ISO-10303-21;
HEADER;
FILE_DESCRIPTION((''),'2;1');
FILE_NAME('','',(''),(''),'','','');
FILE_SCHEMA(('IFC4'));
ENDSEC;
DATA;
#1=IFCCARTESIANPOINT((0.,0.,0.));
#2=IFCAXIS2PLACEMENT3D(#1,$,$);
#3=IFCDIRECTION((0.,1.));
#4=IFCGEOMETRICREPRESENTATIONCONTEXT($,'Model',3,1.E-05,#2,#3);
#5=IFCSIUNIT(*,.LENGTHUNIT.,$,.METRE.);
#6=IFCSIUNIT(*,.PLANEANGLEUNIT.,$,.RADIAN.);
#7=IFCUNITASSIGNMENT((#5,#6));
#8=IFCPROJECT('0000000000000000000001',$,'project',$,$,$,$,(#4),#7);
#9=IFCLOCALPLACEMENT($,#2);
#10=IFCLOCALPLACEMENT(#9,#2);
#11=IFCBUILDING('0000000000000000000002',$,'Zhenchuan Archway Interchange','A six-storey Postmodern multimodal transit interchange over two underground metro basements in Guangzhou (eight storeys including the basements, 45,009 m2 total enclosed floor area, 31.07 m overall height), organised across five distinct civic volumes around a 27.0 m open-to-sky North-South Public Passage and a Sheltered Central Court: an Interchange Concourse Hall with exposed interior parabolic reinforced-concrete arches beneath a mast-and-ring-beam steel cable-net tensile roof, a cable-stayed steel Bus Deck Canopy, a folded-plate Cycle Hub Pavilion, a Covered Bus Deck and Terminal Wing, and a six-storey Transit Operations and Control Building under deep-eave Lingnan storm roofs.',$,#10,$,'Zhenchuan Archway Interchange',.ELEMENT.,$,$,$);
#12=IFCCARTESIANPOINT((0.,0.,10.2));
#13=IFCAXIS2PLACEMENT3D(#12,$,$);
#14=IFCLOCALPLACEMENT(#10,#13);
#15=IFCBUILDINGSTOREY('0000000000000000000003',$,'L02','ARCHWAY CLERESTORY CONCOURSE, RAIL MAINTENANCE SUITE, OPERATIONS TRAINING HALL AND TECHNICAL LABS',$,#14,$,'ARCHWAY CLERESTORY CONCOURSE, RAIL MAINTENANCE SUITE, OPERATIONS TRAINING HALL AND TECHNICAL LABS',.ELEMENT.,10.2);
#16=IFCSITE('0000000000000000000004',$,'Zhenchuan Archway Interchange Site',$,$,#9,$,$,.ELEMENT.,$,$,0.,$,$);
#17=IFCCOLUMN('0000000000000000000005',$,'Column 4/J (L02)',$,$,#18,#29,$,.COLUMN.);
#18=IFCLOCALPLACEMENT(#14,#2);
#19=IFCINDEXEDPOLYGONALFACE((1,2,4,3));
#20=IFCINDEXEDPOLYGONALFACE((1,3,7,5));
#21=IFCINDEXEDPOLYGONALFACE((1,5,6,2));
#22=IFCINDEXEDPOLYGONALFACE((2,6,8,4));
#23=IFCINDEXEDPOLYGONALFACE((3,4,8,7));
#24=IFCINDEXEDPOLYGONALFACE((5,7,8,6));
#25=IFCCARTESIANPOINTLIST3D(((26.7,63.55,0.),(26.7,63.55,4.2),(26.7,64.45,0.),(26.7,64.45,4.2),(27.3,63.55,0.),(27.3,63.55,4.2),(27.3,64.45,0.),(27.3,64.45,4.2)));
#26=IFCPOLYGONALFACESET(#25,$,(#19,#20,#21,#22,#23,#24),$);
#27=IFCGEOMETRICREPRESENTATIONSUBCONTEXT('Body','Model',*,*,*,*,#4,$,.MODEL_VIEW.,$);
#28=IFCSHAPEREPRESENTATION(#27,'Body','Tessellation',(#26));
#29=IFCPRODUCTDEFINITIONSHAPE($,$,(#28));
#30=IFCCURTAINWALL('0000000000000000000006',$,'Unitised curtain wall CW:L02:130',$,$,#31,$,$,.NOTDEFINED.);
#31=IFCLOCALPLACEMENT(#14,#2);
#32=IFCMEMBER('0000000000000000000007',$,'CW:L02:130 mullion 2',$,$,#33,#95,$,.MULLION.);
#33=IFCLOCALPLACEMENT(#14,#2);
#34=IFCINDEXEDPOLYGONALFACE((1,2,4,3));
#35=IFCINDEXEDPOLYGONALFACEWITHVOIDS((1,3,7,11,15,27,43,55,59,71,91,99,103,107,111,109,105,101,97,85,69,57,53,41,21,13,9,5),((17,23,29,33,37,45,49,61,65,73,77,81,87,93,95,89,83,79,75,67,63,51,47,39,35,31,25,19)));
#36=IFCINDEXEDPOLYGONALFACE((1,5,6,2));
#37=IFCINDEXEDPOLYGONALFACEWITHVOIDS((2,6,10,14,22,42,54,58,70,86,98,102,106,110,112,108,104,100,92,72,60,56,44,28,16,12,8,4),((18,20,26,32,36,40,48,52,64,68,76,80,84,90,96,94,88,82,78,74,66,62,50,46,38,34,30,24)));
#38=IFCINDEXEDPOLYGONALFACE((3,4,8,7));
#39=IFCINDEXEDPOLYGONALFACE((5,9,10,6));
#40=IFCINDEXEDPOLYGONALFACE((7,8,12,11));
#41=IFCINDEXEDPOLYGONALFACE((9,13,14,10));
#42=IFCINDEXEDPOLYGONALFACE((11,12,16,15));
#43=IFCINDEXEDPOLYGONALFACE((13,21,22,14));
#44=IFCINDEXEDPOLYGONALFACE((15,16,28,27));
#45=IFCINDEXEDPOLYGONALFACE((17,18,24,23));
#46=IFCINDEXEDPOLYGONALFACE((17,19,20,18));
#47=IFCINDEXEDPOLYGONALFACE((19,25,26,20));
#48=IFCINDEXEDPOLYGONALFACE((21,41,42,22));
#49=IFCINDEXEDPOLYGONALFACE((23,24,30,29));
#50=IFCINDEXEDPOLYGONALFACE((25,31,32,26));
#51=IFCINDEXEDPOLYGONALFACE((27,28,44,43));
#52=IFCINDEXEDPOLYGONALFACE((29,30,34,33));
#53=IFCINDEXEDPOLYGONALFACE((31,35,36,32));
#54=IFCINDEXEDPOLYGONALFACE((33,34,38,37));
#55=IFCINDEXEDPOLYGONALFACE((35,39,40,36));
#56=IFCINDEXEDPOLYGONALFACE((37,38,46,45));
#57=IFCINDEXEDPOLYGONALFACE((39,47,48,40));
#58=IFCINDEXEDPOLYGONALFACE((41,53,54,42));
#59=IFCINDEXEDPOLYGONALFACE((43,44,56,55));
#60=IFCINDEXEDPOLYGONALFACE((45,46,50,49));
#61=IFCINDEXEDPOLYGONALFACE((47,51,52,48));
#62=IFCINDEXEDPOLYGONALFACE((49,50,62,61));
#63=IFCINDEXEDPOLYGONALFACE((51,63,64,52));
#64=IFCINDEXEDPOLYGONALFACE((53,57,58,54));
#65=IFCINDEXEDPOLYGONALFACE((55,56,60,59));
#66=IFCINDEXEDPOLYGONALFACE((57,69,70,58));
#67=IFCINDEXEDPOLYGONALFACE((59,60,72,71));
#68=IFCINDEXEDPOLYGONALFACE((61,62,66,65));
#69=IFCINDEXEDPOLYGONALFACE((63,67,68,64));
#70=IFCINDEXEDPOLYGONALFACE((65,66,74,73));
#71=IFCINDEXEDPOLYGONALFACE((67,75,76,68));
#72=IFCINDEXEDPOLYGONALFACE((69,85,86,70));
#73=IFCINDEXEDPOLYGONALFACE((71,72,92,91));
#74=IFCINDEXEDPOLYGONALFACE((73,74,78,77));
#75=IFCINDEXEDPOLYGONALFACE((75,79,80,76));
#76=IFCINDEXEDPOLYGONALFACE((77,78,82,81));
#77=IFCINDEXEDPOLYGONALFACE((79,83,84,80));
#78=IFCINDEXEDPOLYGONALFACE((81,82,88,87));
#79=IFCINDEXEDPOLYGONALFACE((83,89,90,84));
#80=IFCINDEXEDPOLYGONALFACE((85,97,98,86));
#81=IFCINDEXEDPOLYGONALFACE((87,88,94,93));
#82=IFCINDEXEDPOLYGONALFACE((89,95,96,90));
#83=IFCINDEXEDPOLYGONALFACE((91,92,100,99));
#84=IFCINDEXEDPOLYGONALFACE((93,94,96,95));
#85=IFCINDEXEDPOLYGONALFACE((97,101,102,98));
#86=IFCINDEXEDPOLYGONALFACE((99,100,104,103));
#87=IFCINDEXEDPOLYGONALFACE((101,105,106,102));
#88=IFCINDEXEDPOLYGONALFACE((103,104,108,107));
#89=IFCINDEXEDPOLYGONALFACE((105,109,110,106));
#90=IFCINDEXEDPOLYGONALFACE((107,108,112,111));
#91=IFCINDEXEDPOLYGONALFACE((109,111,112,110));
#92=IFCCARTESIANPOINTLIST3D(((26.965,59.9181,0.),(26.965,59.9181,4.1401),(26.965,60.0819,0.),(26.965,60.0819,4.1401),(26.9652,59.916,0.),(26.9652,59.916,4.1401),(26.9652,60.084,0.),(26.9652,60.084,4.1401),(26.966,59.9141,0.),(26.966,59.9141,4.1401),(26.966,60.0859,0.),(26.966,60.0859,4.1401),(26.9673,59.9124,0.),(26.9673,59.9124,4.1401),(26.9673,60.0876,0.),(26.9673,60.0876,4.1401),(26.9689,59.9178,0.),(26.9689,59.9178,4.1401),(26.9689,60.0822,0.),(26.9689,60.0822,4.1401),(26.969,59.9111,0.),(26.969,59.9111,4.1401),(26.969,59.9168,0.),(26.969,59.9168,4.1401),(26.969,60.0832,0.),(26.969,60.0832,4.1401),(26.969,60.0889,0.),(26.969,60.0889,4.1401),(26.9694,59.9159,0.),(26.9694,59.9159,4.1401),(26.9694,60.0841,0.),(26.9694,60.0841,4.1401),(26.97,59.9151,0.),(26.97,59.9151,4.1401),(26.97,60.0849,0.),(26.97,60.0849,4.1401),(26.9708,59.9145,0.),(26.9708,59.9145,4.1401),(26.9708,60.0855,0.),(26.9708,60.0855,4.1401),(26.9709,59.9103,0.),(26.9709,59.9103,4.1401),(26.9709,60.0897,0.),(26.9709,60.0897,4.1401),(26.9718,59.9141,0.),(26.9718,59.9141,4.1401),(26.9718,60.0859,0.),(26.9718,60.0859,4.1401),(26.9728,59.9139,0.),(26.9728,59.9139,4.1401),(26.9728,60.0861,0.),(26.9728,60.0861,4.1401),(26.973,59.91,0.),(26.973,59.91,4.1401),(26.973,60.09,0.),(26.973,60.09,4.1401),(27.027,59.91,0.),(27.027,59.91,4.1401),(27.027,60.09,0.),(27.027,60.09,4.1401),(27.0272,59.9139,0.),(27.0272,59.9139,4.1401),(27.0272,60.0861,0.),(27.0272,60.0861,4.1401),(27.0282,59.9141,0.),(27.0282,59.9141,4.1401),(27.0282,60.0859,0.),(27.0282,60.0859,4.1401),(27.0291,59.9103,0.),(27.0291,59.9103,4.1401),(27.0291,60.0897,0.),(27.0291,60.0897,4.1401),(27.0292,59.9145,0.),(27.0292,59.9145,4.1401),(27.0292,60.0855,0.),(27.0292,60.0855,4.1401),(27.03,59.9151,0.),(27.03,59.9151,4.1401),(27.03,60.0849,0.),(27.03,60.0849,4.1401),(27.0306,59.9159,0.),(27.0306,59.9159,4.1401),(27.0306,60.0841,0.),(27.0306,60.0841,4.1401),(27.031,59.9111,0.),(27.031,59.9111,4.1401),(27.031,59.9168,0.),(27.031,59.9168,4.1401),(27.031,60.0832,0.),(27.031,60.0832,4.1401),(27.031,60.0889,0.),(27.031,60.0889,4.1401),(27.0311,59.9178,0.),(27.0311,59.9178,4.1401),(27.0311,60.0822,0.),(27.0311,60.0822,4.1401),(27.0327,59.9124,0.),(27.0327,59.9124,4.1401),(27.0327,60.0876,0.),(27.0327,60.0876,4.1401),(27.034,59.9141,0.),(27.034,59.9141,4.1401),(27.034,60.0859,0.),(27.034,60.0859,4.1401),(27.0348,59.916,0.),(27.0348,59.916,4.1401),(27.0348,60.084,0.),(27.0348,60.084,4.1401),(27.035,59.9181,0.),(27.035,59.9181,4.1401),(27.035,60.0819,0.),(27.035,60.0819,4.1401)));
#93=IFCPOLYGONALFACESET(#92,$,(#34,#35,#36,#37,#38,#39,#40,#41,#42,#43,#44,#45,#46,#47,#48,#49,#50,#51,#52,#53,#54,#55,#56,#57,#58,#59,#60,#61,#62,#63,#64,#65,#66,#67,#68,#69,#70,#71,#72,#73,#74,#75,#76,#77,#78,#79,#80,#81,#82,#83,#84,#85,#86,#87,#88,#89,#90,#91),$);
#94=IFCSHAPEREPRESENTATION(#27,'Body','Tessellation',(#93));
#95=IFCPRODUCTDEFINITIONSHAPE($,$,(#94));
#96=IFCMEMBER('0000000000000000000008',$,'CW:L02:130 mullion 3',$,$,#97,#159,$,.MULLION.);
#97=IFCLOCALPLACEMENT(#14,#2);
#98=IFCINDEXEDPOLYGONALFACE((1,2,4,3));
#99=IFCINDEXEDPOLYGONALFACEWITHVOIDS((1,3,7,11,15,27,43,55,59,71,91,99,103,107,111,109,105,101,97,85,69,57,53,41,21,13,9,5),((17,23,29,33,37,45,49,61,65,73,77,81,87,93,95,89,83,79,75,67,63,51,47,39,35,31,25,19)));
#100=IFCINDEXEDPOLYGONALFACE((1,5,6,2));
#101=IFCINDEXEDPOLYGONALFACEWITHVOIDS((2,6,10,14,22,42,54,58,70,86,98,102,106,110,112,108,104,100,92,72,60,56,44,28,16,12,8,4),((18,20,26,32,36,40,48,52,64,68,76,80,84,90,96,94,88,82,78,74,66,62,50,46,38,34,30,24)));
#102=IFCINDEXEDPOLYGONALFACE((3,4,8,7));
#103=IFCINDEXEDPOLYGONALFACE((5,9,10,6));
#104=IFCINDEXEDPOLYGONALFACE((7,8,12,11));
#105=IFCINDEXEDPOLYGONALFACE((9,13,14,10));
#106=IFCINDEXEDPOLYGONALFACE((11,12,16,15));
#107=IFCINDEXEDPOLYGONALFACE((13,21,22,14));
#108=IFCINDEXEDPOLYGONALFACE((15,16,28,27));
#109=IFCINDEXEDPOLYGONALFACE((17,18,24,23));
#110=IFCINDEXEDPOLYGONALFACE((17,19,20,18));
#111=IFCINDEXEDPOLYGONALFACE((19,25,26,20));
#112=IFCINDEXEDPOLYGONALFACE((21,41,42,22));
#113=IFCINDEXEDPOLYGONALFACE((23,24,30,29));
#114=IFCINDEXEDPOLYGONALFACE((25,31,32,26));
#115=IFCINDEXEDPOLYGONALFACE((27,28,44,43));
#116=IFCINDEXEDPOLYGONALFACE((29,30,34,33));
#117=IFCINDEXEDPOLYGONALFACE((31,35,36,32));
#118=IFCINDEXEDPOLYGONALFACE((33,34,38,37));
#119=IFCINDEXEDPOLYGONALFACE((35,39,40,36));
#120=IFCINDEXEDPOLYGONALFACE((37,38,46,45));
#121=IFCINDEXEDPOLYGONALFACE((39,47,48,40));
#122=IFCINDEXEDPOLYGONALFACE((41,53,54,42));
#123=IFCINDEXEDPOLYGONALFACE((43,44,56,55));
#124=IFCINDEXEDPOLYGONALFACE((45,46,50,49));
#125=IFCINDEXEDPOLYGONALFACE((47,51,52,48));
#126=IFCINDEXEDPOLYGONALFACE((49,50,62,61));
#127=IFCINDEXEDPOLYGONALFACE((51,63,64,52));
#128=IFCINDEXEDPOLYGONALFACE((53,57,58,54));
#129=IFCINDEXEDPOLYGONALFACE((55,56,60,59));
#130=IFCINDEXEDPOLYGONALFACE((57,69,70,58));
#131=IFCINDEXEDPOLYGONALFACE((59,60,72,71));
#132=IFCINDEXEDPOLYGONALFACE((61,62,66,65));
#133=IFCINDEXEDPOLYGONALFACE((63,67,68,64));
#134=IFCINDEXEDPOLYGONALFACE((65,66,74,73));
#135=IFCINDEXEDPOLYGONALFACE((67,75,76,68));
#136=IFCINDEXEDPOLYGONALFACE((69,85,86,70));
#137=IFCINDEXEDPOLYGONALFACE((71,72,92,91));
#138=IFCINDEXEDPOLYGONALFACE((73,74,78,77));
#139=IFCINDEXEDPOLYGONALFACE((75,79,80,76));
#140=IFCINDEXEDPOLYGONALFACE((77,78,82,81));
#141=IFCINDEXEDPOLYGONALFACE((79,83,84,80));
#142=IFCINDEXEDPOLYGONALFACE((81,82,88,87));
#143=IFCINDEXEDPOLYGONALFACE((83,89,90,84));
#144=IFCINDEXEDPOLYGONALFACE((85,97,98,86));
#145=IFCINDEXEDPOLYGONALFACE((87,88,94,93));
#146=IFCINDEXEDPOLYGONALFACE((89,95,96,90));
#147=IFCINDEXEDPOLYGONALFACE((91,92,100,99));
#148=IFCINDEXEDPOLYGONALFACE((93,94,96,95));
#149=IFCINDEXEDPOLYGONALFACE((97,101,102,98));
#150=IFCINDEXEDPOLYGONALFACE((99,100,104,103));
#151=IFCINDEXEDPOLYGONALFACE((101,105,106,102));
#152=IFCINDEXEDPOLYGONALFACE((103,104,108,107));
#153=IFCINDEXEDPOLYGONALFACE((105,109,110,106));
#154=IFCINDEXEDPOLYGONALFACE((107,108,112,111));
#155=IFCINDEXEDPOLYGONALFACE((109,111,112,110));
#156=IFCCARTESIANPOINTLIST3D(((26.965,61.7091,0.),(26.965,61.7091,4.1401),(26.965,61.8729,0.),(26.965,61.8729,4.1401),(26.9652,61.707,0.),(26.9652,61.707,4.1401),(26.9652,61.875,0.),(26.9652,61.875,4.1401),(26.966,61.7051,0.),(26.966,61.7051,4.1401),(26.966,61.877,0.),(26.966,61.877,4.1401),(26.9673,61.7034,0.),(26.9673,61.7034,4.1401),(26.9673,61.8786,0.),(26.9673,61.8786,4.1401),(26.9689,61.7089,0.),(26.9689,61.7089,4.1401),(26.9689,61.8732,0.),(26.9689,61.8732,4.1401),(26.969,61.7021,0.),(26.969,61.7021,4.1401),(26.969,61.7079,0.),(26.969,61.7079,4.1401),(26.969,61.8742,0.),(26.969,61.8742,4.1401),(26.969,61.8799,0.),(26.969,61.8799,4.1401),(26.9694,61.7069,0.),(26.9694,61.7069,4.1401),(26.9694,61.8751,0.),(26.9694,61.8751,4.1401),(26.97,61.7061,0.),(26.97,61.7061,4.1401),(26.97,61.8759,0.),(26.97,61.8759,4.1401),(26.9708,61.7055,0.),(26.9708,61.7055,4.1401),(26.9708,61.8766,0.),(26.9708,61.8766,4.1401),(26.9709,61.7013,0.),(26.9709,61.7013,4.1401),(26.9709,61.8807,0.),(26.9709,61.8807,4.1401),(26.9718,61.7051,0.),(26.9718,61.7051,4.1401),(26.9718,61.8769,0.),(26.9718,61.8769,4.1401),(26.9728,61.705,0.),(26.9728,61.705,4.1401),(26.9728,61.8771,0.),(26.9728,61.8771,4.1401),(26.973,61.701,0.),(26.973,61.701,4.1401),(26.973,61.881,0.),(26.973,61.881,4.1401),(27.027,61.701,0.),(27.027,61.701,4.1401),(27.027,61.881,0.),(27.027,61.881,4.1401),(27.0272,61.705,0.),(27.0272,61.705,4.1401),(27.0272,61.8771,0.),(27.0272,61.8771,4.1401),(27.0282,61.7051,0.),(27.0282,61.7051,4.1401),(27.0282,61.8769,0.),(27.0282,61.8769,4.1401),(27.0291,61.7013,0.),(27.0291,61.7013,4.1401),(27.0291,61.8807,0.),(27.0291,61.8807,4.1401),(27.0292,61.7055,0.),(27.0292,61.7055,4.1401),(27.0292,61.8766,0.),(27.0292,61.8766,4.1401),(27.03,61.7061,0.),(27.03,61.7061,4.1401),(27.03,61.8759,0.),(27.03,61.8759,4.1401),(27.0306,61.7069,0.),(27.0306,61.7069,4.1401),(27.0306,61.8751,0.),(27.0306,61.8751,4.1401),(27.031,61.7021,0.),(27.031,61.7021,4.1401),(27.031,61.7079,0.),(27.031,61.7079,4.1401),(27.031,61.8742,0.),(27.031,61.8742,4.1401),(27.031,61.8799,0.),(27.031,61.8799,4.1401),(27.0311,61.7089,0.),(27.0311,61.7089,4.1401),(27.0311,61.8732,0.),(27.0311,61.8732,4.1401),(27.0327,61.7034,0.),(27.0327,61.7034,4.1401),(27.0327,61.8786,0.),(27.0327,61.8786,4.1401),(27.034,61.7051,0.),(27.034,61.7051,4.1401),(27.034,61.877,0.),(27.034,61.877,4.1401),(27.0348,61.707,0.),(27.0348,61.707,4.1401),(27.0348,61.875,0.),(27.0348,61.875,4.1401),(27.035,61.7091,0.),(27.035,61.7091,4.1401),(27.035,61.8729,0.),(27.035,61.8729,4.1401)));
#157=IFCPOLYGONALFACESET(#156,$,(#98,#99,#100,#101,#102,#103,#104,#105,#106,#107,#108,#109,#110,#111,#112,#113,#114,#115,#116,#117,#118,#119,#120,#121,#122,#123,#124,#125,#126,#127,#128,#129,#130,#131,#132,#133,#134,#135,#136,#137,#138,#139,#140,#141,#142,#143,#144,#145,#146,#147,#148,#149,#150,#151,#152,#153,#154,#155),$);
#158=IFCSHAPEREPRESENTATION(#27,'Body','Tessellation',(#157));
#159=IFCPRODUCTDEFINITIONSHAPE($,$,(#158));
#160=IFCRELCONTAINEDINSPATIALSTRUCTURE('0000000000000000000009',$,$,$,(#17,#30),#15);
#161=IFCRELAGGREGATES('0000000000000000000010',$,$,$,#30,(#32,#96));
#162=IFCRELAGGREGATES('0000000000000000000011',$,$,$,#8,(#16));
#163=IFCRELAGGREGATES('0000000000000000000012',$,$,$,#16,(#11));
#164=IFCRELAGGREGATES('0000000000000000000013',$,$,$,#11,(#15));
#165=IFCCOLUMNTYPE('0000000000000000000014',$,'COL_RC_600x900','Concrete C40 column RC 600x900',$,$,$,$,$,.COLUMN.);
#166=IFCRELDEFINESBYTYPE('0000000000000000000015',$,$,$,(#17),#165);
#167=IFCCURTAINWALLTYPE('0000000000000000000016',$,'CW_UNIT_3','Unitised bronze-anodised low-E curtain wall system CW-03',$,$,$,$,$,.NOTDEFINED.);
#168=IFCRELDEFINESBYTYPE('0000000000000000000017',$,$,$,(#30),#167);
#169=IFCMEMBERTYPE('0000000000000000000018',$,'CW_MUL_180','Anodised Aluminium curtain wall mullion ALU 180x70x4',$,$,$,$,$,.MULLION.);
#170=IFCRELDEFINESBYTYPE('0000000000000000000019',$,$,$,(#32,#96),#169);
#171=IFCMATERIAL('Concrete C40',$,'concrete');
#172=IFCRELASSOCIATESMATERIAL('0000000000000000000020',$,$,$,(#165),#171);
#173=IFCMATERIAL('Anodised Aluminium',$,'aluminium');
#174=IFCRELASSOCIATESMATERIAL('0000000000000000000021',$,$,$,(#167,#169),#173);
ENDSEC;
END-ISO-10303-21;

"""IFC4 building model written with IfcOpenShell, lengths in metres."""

from ifc_helpers import new_model, si_unit, direction, frame, origin, origin_2d, place, context, subcontext, project, spatial, rectangle, hollow_rectangle, extrude, material, material_profile, profile_set, type_object, element, aggregate, save


model = new_model("IFC4")

# Units and contexts
model_context = context("Model", 3, precision=1e-05, world=origin(), true_north=direction((0.0, 1.0)))
body_context = subcontext(model_context, "Body", "Model", "MODEL_VIEW")
ifc_project = project(units=[si_unit("LENGTHUNIT", "METRE"), si_unit("PLANEANGLEUNIT", "RADIAN")], contexts=[model_context])

# Site, building, storey
site_placement = place(None, origin())
site = spatial("IfcSite", under=ifc_project, at=site_placement, Name="Zhenchuan Archway Interchange Site", CompositionType="ELEMENT", RefElevation=0.0)
building_placement = place(site_placement, origin())
building = spatial("IfcBuilding", under=site, at=building_placement, Name="Zhenchuan Archway Interchange", Description="A six-storey Postmodern multimodal transit interchange over two underground metro basements in Guangzhou (eight storeys including the basements, 45,009 m2 total enclosed floor area, 31.07 m overall height), organised across five distinct civic volumes around a 27.0 m open-to-sky North-South Public Passage and a Sheltered Central Court: an Interchange Concourse Hall with exposed interior parabolic reinforced-concrete arches beneath a mast-and-ring-beam steel cable-net tensile roof, a cable-stayed steel Bus Deck Canopy, a folded-plate Cycle Hub Pavilion, a Covered Bus Deck and Terminal Wing, and a six-storey Transit Operations and Control Building under deep-eave Lingnan storm roofs.", LongName="Zhenchuan Archway Interchange", CompositionType="ELEMENT")
storey_placement = place(building_placement, frame((0.0, 0.0, 10.2)))
storey = spatial("IfcBuildingStorey", under=building, at=storey_placement, Name="L02", Description="ARCHWAY CLERESTORY CONCOURSE, RAIL MAINTENANCE SUITE, OPERATIONS TRAINING HALL AND TECHNICAL LABS", LongName="ARCHWAY CLERESTORY CONCOURSE, RAIL MAINTENANCE SUITE, OPERATIONS TRAINING HALL AND TECHNICAL LABS", CompositionType="ELEMENT", Elevation=10.2)

# Column
ifc_material_1 = material(Name="Concrete C40", Category="concrete")
ifc_material_profile_1 = material_profile(ifc_material_1, rectangle(XDim=0.6001, YDim=0.8999, at=origin_2d()), Name="RC 600x900")
ifc_profile_set_1 = profile_set([ifc_material_profile_1], Name="Concrete C40")
column_type = type_object("IfcColumnType", Name="COL_RC_600x900", Description="Concrete C40 column RC 600x900", PredefinedType="COLUMN", material=ifc_profile_set_1)
column_placement = place(storey_placement, frame((27.0, 64.0, 0.0), z_axis=(0.0, 0.0, 1.0), x_axis=(1.0, 0.0, 0.0)))
element("IfcColumn", 1, at=column_placement, inside=storey, type_object=column_type, Name="Column 4/J (L02)", PredefinedType="COLUMN", context=body_context, shape_type="SweptSolid", body=[
    extrude(rectangle(XDim=0.6001, YDim=0.8999, at=origin_2d()), origin(), (0.0, 0.0, 1.0), 4.2),
])

# Curtain wall, members
ifc_material_2 = material(Name="Anodised Aluminium", Category="aluminium")
curtain_wall_type_1 = type_object("IfcCurtainWallType", Name="CW_UNIT_3", Description="Unitised bronze-anodised low-E curtain wall system CW-03", PredefinedType="NOTDEFINED", material=ifc_material_2)
curtain_wall_1_placement = place(storey_placement, origin())
curtain_wall_1 = element("IfcCurtainWall", 2, at=curtain_wall_1_placement, inside=storey, type_object=curtain_wall_type_1, Name="Unitised curtain wall CW:L02:130", PredefinedType="NOTDEFINED")
ifc_material_profile_2 = material_profile(ifc_material_2, hollow_rectangle(XDim=0.0701, YDim=0.1799, WallThickness=0.0039, InnerFilletRadius=0.0039, OuterFilletRadius=0.0081, at=origin_2d()), Name="ALU 180x70x4")
ifc_profile_set_2 = profile_set([ifc_material_profile_2], Name="Anodised Aluminium")
member_type_1 = type_object("IfcMemberType", Name="CW_MUL_180", Description="Anodised Aluminium curtain wall mullion ALU 180x70x4", PredefinedType="MULLION", material=ifc_profile_set_2)
member_1_placement = place(storey_placement, frame((27.0, 60.0, 0.0), z_axis=(0.0, 0.0, 1.0), x_axis=(1.0, 0.0, 0.0)))
member_1 = element("IfcMember", 3, at=member_1_placement, type_object=member_type_1, Name="CW:L02:130 mullion 2", PredefinedType="MULLION", context=body_context, shape_type="SweptSolid", body=[
    extrude(hollow_rectangle(XDim=0.0701, YDim=0.1799, WallThickness=0.0039, InnerFilletRadius=0.0039, OuterFilletRadius=0.0081, at=origin_2d()), origin(), (0.0, 0.0, 1.0), 4.1401),
])
member_2_placement = place(storey_placement, frame((27.0, 61.791, 0.0), z_axis=(0.0, 0.0, 1.0), x_axis=(1.0, 0.0, 0.0)))
member_2 = element("IfcMember", 4, at=member_2_placement, type_object=member_type_1, Name="CW:L02:130 mullion 3", PredefinedType="MULLION", context=body_context, shape_type="SweptSolid", body=[
    extrude(hollow_rectangle(XDim=0.0701, YDim=0.1799, WallThickness=0.0039, InnerFilletRadius=0.0039, OuterFilletRadius=0.0081, at=origin_2d()), origin(), (0.0, 0.0, 1.0), 4.1401),
])

aggregate(curtain_wall_1, [member_1, member_2])

save(model, "model.ifc")
